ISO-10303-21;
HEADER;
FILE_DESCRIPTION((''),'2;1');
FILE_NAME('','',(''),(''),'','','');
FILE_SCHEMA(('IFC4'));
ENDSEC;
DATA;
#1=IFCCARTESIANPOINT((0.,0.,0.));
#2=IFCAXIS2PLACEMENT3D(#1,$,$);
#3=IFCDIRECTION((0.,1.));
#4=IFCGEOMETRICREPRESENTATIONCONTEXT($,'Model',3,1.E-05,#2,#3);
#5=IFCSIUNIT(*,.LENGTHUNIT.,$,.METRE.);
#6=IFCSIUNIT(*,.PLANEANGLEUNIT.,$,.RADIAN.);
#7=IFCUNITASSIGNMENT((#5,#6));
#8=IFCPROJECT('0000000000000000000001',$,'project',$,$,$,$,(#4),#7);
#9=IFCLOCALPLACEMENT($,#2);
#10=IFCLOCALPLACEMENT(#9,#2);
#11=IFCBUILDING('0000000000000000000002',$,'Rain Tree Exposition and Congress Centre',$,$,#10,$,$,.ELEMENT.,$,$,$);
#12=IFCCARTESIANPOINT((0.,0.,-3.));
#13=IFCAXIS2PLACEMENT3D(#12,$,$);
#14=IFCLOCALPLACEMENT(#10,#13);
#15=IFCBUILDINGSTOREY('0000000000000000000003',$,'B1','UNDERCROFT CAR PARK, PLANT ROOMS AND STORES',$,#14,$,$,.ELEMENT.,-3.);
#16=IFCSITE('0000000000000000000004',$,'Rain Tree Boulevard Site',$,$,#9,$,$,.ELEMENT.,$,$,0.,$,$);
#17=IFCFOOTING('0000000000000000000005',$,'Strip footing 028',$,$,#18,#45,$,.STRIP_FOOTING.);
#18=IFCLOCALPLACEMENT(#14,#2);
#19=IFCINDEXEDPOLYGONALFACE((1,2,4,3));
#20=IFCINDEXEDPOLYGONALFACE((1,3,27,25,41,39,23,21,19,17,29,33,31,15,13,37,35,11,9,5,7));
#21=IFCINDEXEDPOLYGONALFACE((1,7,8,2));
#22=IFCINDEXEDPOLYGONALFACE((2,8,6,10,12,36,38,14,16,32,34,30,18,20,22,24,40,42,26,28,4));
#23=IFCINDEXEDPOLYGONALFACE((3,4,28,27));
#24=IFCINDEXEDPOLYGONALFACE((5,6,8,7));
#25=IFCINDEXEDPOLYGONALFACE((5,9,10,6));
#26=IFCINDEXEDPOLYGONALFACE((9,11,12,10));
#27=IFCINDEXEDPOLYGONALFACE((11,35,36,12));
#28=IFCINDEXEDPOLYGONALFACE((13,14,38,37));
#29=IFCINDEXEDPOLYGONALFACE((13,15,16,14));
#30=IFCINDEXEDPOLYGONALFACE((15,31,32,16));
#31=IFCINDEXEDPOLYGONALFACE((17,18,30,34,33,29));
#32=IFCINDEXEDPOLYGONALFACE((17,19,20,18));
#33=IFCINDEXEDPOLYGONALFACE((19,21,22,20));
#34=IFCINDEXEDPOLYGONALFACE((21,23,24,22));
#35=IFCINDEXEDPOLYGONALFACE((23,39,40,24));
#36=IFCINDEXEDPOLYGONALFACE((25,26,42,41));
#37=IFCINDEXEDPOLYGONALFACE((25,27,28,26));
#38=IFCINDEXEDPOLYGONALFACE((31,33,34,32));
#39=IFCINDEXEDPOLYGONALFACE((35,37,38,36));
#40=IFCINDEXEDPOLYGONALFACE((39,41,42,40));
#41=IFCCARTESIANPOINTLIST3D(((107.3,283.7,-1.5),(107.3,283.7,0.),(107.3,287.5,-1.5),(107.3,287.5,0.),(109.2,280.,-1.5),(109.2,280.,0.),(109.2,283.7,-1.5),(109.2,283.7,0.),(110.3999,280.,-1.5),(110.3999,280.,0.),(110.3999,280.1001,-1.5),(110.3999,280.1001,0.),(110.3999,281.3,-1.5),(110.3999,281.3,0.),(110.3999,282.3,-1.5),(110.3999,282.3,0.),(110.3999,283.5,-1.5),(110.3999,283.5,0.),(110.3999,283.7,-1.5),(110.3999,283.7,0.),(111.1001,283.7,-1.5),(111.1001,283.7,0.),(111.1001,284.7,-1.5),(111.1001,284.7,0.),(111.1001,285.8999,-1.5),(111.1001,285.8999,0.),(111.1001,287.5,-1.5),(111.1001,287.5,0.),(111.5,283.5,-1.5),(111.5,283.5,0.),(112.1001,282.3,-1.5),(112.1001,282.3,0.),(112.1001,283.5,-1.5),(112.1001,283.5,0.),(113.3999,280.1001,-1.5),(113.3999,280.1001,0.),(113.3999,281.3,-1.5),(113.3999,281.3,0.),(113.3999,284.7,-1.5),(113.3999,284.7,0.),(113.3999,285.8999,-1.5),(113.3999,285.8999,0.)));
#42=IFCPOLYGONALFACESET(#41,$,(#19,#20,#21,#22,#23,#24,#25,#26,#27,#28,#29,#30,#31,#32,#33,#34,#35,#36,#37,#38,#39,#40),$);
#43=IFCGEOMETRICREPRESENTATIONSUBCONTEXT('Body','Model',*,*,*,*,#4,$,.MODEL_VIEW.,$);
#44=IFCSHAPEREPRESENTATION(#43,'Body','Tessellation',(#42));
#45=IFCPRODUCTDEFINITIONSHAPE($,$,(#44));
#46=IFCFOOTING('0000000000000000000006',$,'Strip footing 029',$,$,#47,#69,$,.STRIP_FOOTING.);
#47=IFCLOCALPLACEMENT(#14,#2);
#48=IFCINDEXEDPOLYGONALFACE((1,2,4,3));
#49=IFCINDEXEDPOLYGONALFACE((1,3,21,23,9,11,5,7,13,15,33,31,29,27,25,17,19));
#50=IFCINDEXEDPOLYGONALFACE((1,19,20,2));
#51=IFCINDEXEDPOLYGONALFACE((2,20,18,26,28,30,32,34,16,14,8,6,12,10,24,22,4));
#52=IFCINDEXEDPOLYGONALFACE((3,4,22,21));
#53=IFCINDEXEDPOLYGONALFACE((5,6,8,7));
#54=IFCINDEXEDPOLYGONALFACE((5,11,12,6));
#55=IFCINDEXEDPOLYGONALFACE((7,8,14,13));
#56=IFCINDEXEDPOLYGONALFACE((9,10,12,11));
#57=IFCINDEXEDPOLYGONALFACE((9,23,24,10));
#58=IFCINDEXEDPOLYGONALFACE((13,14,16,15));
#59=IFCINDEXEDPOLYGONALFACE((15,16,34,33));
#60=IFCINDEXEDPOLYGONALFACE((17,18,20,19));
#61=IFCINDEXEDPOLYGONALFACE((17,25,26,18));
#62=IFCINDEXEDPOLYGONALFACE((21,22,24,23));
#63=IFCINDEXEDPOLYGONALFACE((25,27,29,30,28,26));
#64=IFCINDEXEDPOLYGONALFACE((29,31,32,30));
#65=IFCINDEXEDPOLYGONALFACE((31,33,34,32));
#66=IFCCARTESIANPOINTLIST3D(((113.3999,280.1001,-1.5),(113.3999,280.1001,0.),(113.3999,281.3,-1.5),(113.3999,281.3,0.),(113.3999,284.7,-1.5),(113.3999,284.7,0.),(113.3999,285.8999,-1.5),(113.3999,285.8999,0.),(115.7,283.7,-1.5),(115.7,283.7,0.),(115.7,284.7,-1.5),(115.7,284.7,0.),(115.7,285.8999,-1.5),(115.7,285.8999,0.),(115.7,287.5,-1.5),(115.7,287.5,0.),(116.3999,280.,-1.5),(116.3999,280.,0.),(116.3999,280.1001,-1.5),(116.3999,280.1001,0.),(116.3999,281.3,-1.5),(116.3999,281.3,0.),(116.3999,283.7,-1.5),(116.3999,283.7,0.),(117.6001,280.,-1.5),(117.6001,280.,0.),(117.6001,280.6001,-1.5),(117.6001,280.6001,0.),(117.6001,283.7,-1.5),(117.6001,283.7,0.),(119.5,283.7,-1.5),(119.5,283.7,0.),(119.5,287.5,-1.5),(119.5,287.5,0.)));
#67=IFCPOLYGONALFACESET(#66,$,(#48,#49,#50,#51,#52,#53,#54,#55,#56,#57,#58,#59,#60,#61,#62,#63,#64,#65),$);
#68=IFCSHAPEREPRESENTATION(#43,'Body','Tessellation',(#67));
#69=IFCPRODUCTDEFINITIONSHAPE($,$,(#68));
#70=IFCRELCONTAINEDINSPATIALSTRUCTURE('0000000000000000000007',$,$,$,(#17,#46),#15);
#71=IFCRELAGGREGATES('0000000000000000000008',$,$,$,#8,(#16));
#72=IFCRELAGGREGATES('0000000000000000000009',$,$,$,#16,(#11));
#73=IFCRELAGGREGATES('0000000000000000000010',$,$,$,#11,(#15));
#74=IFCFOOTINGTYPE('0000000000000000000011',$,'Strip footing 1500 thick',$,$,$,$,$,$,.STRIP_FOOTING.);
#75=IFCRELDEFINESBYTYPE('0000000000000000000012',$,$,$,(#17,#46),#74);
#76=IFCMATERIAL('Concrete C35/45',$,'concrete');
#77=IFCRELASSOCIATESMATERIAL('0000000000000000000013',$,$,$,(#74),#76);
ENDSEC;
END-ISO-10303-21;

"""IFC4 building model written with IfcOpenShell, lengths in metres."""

from ifc_helpers import new_model, si_unit, direction, frame, origin, place, context, subcontext, project, spatial, polyline, outline, extrude, material, type_object, element, save


model = new_model("IFC4")

# Units and contexts
model_context = context("Model", 3, precision=1e-05, world=origin(), true_north=direction((0.0, 1.0)))
body_context = subcontext(model_context, "Body", "Model", "MODEL_VIEW")
ifc_project = project(units=[si_unit("LENGTHUNIT", "METRE"), si_unit("PLANEANGLEUNIT", "RADIAN")], contexts=[model_context])

# Site, building, storey
site_placement = place(None, origin())
site = spatial("IfcSite", under=ifc_project, at=site_placement, Name="Rain Tree Boulevard Site", CompositionType="ELEMENT", RefElevation=0.0)
building_placement = place(site_placement, origin())
building = spatial("IfcBuilding", under=site, at=building_placement, Name="Rain Tree Exposition and Congress Centre", CompositionType="ELEMENT")
storey_placement = place(building_placement, frame((0.0, 0.0, -3.0)))
storey = spatial("IfcBuildingStorey", under=building, at=storey_placement, Name="B1", Description="UNDERCROFT CAR PARK, PLANT ROOMS AND STORES", CompositionType="ELEMENT", Elevation=-3.0)

# Footings
ifc_material_1 = material(Name="Concrete C35/45", Category="concrete")
footing_type_1 = type_object("IfcFootingType", Name="Strip footing 1500 thick", PredefinedType="STRIP_FOOTING", material=ifc_material_1)
footing_1_placement = place(storey_placement, frame((0.0, 0.0, -1.5)))
element("IfcFooting", 1, at=footing_1_placement, inside=storey, type_object=footing_type_1, Name="Strip footing 028", PredefinedType="STRIP_FOOTING", context=body_context, shape_type="SweptSolid", body=[
    extrude(outline(polyline([(110.3999, 280.0), (110.3999, 280.1001), (113.3999, 280.1001), (113.3999, 281.3), (110.3999, 281.3), (110.3999, 282.3), (112.1001, 282.3), (112.1001, 283.5), (111.5, 283.5), (110.3999, 283.5), (110.3999, 283.7), (111.1001, 283.7), (111.1001, 284.7), (113.3999, 284.7), (113.3999, 285.8999), (111.1001, 285.8999), (111.1001, 287.5), (107.3, 287.5), (107.3, 283.7), (109.2, 283.7), (109.2, 280.0), (110.3999, 280.0)])), origin(), (0.0, 0.0, 1.0), 1.5),
])
footing_2_placement = place(storey_placement, frame((0.0, 0.0, -1.5)))
element("IfcFooting", 2, at=footing_2_placement, inside=storey, type_object=footing_type_1, Name="Strip footing 029", PredefinedType="STRIP_FOOTING", context=body_context, shape_type="SweptSolid", body=[
    extrude(outline(polyline([(115.7, 285.8999), (113.3999, 285.8999), (113.3999, 284.7), (115.7, 284.7), (115.7, 283.7), (116.3999, 283.7), (116.3999, 281.3), (113.3999, 281.3), (113.3999, 280.1001), (116.3999, 280.1001), (116.3999, 280.0), (117.6001, 280.0), (117.6001, 280.6001), (117.6001, 283.7), (119.5, 283.7), (119.5, 287.5), (115.7, 287.5), (115.7, 285.8999)])), origin(), (0.0, 0.0, 1.0), 1.5),
])

save(model, "model.ifc")
